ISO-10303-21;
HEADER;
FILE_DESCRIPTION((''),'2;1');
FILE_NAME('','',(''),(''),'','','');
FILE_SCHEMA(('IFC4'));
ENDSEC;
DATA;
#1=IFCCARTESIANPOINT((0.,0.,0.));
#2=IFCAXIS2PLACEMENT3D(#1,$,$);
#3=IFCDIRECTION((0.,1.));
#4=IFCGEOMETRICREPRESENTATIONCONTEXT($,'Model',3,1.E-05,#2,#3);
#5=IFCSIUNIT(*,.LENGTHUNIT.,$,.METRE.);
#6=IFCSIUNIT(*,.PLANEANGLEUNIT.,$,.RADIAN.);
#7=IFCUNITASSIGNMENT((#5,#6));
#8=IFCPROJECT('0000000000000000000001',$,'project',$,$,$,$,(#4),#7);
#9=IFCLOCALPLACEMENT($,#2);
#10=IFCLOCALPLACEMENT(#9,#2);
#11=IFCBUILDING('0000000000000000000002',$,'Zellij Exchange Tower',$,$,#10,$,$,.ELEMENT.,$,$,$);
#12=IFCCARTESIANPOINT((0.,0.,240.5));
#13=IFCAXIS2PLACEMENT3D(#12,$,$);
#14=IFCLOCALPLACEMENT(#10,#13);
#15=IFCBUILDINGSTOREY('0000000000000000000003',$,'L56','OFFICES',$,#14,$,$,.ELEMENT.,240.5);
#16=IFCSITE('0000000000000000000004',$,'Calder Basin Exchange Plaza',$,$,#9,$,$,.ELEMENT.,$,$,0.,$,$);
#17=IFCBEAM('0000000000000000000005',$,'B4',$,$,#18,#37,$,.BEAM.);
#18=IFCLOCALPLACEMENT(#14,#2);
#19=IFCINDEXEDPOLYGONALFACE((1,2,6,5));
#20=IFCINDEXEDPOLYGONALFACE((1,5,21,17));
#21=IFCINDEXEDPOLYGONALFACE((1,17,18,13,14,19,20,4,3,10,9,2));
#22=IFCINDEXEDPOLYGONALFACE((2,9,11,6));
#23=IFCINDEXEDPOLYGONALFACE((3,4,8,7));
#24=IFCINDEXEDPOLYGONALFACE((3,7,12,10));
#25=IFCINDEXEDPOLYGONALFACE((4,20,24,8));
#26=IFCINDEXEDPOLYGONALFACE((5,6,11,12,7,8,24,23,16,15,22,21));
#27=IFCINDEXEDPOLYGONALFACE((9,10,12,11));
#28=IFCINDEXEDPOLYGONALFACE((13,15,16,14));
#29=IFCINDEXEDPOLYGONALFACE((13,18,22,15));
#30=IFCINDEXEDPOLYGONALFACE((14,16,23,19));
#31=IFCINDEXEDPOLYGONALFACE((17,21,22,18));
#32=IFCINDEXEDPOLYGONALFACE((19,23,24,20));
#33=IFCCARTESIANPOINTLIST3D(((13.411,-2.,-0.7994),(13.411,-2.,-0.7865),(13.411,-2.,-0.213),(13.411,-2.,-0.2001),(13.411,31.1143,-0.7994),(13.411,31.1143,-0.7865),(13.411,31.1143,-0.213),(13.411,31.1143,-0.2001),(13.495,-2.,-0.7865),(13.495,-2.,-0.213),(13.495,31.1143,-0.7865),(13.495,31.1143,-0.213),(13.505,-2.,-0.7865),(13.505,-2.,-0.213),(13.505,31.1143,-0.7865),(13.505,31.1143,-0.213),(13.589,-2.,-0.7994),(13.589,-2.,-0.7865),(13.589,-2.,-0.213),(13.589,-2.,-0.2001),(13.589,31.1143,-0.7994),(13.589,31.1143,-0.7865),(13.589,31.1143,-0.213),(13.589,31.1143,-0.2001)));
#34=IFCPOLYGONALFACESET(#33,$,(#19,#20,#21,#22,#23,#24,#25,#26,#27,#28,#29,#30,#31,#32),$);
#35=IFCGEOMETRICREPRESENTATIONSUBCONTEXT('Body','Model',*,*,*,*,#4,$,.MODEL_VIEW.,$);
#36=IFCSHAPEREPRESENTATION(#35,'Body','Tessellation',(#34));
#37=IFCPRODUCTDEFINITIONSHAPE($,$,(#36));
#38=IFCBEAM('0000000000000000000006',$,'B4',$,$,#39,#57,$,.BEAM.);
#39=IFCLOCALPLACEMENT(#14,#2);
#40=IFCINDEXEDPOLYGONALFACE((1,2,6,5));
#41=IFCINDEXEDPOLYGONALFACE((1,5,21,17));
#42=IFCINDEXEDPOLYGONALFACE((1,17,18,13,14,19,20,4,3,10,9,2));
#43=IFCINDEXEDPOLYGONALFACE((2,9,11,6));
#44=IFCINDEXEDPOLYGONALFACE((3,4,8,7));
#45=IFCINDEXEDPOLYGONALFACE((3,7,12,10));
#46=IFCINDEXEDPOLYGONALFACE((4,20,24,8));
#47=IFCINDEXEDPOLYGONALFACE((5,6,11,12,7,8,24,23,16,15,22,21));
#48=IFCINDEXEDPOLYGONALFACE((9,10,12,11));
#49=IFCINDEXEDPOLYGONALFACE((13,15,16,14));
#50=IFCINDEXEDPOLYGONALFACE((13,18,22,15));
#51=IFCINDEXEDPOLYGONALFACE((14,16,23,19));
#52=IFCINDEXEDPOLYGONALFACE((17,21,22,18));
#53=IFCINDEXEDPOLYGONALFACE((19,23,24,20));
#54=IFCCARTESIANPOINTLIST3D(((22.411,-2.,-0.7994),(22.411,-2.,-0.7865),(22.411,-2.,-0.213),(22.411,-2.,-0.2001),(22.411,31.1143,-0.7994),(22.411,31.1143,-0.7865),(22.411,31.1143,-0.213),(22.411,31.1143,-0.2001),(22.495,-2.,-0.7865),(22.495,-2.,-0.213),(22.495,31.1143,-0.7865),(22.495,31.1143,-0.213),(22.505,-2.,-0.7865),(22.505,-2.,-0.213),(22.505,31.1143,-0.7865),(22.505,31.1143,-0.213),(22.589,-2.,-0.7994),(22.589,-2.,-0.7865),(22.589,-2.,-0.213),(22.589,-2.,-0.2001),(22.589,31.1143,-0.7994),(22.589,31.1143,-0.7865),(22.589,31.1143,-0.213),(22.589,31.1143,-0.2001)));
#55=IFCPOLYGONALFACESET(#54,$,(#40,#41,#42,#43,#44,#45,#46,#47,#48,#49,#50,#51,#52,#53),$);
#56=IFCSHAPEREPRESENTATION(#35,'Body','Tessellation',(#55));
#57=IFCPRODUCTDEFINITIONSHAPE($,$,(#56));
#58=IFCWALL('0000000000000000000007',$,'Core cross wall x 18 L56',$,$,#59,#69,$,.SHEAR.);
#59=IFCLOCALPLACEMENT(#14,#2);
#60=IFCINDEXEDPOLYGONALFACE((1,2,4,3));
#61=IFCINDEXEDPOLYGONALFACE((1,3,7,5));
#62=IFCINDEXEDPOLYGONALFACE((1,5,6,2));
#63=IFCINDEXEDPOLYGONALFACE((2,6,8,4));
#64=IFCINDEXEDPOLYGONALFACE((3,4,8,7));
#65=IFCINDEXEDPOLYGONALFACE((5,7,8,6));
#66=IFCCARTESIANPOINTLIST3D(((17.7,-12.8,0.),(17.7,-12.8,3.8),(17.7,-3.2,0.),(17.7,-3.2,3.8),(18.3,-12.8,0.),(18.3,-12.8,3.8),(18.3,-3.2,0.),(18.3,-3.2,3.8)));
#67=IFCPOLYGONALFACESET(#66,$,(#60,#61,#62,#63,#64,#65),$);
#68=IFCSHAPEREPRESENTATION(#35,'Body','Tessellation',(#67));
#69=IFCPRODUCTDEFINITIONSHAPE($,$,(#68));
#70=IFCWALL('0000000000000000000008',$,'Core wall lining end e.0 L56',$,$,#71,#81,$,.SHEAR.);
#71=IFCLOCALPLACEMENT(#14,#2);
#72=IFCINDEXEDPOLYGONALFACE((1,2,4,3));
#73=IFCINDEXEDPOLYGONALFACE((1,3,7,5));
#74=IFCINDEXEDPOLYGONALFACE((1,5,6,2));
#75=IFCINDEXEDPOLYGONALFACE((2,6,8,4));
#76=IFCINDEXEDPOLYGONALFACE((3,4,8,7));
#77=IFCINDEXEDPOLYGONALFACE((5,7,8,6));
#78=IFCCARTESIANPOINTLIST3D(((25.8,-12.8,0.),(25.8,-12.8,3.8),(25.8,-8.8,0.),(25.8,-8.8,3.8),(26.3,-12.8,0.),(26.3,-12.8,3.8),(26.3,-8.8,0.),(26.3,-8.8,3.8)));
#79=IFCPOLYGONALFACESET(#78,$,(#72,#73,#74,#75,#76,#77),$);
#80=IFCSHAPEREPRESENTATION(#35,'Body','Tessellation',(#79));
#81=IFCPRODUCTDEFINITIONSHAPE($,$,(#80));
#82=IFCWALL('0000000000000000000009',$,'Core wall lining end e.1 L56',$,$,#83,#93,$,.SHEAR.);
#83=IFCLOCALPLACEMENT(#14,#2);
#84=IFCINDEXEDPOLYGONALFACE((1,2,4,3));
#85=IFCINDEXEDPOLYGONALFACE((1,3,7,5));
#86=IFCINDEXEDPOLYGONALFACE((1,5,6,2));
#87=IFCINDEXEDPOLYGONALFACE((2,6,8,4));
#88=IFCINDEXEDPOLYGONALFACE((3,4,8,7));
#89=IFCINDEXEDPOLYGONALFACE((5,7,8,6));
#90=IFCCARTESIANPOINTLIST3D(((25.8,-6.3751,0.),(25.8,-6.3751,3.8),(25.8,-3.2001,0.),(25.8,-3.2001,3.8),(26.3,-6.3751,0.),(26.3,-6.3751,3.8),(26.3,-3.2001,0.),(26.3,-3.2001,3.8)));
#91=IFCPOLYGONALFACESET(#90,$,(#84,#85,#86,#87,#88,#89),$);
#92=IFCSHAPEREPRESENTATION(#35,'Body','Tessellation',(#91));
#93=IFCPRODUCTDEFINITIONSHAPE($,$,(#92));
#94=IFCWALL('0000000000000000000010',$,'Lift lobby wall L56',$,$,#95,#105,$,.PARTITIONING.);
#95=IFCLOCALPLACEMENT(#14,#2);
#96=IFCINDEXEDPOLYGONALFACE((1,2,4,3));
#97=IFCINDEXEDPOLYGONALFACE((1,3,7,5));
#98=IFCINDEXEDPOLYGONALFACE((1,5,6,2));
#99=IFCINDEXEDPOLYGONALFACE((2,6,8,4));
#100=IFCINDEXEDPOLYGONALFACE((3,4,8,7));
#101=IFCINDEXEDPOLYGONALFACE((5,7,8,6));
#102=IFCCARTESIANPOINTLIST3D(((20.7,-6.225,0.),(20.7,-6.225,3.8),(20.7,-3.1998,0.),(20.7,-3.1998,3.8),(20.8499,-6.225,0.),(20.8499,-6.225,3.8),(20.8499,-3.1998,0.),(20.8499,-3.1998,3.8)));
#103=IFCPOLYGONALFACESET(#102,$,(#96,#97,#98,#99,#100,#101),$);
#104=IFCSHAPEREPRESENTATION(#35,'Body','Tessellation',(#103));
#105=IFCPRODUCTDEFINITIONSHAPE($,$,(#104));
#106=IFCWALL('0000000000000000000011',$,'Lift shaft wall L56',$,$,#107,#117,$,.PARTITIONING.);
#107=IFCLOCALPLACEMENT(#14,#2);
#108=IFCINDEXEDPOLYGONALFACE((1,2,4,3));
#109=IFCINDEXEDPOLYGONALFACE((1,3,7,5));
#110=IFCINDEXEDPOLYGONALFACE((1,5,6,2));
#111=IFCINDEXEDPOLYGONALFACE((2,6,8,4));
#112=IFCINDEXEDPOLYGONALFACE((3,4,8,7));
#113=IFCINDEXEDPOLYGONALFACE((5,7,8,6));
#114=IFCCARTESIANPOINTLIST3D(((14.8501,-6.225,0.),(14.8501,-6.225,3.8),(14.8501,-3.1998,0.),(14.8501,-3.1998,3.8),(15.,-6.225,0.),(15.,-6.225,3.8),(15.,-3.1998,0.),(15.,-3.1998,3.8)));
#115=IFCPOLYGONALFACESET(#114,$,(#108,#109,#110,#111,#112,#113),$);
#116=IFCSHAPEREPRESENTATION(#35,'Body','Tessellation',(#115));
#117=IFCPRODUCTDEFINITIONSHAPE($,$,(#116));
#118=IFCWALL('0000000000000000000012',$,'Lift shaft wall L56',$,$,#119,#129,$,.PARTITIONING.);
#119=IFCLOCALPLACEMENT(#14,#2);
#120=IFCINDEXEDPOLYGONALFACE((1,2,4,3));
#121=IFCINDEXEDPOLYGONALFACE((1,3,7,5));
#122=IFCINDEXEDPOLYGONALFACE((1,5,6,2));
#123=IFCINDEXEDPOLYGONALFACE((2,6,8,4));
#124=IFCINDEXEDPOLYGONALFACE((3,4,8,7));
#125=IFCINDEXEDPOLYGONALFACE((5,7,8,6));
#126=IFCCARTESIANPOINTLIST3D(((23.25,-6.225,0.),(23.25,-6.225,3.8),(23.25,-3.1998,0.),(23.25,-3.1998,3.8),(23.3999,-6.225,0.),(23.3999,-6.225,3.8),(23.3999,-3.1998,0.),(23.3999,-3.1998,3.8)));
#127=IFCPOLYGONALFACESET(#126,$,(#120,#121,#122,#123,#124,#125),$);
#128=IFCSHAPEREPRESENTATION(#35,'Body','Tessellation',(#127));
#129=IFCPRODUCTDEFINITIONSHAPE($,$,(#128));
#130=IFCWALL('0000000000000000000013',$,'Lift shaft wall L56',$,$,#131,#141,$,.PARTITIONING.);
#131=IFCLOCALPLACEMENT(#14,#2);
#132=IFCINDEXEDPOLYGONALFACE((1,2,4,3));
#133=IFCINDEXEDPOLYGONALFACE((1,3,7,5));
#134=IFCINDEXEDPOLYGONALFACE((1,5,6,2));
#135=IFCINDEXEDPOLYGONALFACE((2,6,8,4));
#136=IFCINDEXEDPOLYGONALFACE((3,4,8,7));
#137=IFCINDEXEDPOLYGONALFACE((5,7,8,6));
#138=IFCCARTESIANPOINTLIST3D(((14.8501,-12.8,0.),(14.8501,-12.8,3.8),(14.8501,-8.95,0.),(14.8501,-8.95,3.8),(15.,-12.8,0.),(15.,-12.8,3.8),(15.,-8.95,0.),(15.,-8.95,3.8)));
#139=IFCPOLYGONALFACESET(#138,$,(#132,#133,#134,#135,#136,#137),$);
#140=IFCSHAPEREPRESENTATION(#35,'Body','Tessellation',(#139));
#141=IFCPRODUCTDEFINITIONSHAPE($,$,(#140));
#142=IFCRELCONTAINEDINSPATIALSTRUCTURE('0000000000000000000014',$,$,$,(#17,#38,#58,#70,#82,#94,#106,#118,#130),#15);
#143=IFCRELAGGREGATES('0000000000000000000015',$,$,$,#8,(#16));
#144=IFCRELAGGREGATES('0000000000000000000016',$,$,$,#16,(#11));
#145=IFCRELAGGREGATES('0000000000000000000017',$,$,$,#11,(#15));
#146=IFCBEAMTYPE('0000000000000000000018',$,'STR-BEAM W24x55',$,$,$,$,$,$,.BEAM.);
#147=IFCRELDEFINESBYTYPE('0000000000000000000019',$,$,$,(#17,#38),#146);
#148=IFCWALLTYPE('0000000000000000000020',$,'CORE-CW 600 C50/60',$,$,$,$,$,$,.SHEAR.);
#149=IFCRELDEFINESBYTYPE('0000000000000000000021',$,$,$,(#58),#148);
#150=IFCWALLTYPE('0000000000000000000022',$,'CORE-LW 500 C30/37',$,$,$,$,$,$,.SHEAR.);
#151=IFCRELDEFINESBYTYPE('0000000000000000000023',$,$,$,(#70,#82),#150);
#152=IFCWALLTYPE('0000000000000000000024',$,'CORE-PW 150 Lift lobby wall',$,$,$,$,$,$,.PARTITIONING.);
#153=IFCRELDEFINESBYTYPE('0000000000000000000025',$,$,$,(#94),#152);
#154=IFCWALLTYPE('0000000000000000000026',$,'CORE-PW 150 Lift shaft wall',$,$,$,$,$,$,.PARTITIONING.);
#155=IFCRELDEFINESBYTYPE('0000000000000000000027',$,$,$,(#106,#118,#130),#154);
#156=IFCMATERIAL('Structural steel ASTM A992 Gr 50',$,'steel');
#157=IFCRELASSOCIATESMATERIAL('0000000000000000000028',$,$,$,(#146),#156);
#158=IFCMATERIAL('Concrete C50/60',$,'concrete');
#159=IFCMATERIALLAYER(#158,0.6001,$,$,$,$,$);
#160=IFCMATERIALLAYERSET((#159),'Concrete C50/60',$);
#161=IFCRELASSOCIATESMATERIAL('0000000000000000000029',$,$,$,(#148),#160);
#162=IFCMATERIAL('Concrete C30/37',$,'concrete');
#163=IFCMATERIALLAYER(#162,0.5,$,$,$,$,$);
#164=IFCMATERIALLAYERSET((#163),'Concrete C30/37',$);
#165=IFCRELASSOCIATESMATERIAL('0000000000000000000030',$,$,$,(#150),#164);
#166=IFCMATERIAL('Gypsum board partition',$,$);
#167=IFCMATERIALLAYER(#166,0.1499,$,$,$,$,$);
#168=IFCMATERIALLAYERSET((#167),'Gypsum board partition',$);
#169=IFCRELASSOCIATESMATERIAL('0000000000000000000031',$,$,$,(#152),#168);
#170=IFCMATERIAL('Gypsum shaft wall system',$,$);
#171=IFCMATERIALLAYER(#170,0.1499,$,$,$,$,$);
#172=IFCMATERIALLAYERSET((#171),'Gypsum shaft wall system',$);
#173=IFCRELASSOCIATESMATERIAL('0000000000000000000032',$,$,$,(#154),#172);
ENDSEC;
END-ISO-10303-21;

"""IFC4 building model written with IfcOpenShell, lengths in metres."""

from ifc_helpers import new_model, si_unit, direction, frame, frame_2d, origin, origin_2d, place, context, subcontext, project, spatial, rectangle, i_section, extrude, material, layer, layer_set, material_profile, profile_set, type_object, element, save


model = new_model("IFC4")

# Units and contexts
model_context = context("Model", 3, precision=1e-05, world=origin(), true_north=direction((0.0, 1.0)))
body_context = subcontext(model_context, "Body", "Model", "MODEL_VIEW")
ifc_project = project(units=[si_unit("LENGTHUNIT", "METRE"), si_unit("PLANEANGLEUNIT", "RADIAN")], contexts=[model_context])

# Site, building, storey
site_placement = place(None, origin())
site = spatial("IfcSite", under=ifc_project, at=site_placement, Name="Calder Basin Exchange Plaza", CompositionType="ELEMENT", RefElevation=0.0)
building_placement = place(site_placement, origin())
building = spatial("IfcBuilding", under=site, at=building_placement, Name="Zellij Exchange Tower", CompositionType="ELEMENT")
storey_placement = place(building_placement, frame((0.0, 0.0, 240.5)))
storey = spatial("IfcBuildingStorey", under=building, at=storey_placement, Name="L56", Description="OFFICES", CompositionType="ELEMENT", Elevation=240.5)

# Beams
ifc_material_1 = material(Name="Structural steel ASTM A992 Gr 50", Category="steel")
ifc_material_profile = material_profile(ifc_material_1, i_section(OverallWidth=0.178, OverallDepth=0.5994, WebThickness=0.01, FlangeThickness=0.0129, at=origin_2d()), Name="W24x55")
ifc_profile_set = profile_set([ifc_material_profile], Name="Structural steel ASTM A992 Gr 50")
beam_type = type_object("IfcBeamType", Name="STR-BEAM W24x55", PredefinedType="BEAM", material=ifc_profile_set)
for number, where, z_axis, x_axis, name in (
    (1, (13.5, -2.0, -0.4998), (0.0, 1.0, 0.0), (-1.0, 0.0, 0.0), "B4"),
    (2, (22.5, -2.0, -0.4998), (0.0, 1.0, 0.0), (-1.0, 0.0, 0.0), "B4"),
):
    element("IfcBeam", number, at=place(storey_placement, frame(where, z_axis=z_axis, x_axis=x_axis)), inside=storey, type_object=beam_type, Name=name, PredefinedType="BEAM", context=body_context, shape_type="SweptSolid", body=[
        extrude(i_section(OverallWidth=0.178, OverallDepth=0.5994, WebThickness=0.01, FlangeThickness=0.0129, at=origin_2d()), origin(), (0.0, 0.0, 1.0), 33.1143),
    ])

# Walls
ifc_material_2 = material(Name="Concrete C50/60", Category="concrete")
ifc_layer_1 = layer(ifc_material_2, 0.6001)
ifc_layer_set_1 = layer_set([ifc_layer_1], Name="Concrete C50/60")
wall_type_1 = type_object("IfcWallType", Name="CORE-CW 600 C50/60", PredefinedType="SHEAR", material=ifc_layer_set_1)
wall_1_placement = place(storey_placement, frame((18.0, -12.8, 0.0), z_axis=(0.0, 0.0, 1.0), x_axis=(0.0, 1.0, 0.0)))
element("IfcWall", 3, at=wall_1_placement, inside=storey, type_object=wall_type_1, Name="Core cross wall x 18 L56", PredefinedType="SHEAR", context=body_context, shape_type="SweptSolid", body=[
    extrude(rectangle(XDim=9.6001, YDim=0.6001, at=frame_2d((4.8, 0.0))), origin(), (0.0, 0.0, 1.0), 3.8),
])
ifc_material_3 = material(Name="Concrete C30/37", Category="concrete")
ifc_layer_2 = layer(ifc_material_3, 0.5)
ifc_layer_set_2 = layer_set([ifc_layer_2], Name="Concrete C30/37")
wall_type_2 = type_object("IfcWallType", Name="CORE-LW 500 C30/37", PredefinedType="SHEAR", material=ifc_layer_set_2)
wall_2_placement = place(storey_placement, frame((26.05, -12.8, 0.0), z_axis=(0.0, 0.0, 1.0), x_axis=(0.0, 1.0, 0.0)))
element("IfcWall", 4, at=wall_2_placement, inside=storey, type_object=wall_type_2, Name="Core wall lining end e.0 L56", PredefinedType="SHEAR", context=body_context, shape_type="SweptSolid", body=[
    extrude(rectangle(XDim=4.0, YDim=0.5, at=frame_2d((2.0, 0.0))), origin(), (0.0, 0.0, 1.0), 3.8),
])
wall_3_placement = place(storey_placement, frame((26.05, -6.375, 0.0), z_axis=(0.0, 0.0, 1.0), x_axis=(0.0, 1.0, 0.0)))
element("IfcWall", 5, at=wall_3_placement, inside=storey, type_object=wall_type_2, Name="Core wall lining end e.1 L56", PredefinedType="SHEAR", context=body_context, shape_type="SweptSolid", body=[
    extrude(rectangle(XDim=3.175, YDim=0.5, at=frame_2d((1.5874, 0.0))), origin(), (0.0, 0.0, 1.0), 3.8),
])
ifc_material_4 = material(Name="Gypsum board partition")
ifc_layer_3 = layer(ifc_material_4, 0.1499)
ifc_layer_set_3 = layer_set([ifc_layer_3], Name="Gypsum board partition")
wall_type_3 = type_object("IfcWallType", Name="CORE-PW 150 Lift lobby wall", PredefinedType="PARTITIONING", material=ifc_layer_set_3)
wall_4_placement = place(storey_placement, frame((20.7749, -6.2251, 0.0), z_axis=(0.0, 0.0, 1.0), x_axis=(0.0, 1.0, 0.0)))
element("IfcWall", 6, at=wall_4_placement, inside=storey, type_object=wall_type_3, Name="Lift lobby wall L56", PredefinedType="PARTITIONING", context=body_context, shape_type="SweptSolid", body=[
    extrude(rectangle(XDim=3.0251, YDim=0.1499, at=frame_2d((1.5127, 0.0))), origin(), (0.0, 0.0, 1.0), 3.8),
])
ifc_material_5 = material(Name="Gypsum shaft wall system")
ifc_layer_4 = layer(ifc_material_5, 0.1499)
ifc_layer_set_4 = layer_set([ifc_layer_4], Name="Gypsum shaft wall system")
wall_type_4 = type_object("IfcWallType", Name="CORE-PW 150 Lift shaft wall", PredefinedType="PARTITIONING", material=ifc_layer_set_4)
for number, where, z_axis, x_axis, name in (
    (7, (14.925, -6.2251, 0.0), (0.0, 0.0, 1.0), (0.0, 1.0, 0.0), "Lift shaft wall L56"),
    (8, (23.325, -6.2251, 0.0), (0.0, 0.0, 1.0), (0.0, 1.0, 0.0), "Lift shaft wall L56"),
):
    element("IfcWall", number, at=place(storey_placement, frame(where, z_axis=z_axis, x_axis=x_axis)), inside=storey, type_object=wall_type_4, Name=name, PredefinedType="PARTITIONING", context=body_context, shape_type="SweptSolid", body=[
        extrude(rectangle(XDim=3.0251, YDim=0.1499, at=frame_2d((1.5127, 0.0))), origin(), (0.0, 0.0, 1.0), 3.8),
    ])
wall_5_placement = place(storey_placement, frame((14.925, -12.8, 0.0), z_axis=(0.0, 0.0, 1.0), x_axis=(0.0, 1.0, 0.0)))
element("IfcWall", 9, at=wall_5_placement, inside=storey, type_object=wall_type_4, Name="Lift shaft wall L56", PredefinedType="PARTITIONING", context=body_context, shape_type="SweptSolid", body=[
    extrude(rectangle(XDim=3.8501, YDim=0.1499, at=frame_2d((1.925, 0.0))), origin(), (0.0, 0.0, 1.0), 3.8),
])

save(model, "model.ifc")
